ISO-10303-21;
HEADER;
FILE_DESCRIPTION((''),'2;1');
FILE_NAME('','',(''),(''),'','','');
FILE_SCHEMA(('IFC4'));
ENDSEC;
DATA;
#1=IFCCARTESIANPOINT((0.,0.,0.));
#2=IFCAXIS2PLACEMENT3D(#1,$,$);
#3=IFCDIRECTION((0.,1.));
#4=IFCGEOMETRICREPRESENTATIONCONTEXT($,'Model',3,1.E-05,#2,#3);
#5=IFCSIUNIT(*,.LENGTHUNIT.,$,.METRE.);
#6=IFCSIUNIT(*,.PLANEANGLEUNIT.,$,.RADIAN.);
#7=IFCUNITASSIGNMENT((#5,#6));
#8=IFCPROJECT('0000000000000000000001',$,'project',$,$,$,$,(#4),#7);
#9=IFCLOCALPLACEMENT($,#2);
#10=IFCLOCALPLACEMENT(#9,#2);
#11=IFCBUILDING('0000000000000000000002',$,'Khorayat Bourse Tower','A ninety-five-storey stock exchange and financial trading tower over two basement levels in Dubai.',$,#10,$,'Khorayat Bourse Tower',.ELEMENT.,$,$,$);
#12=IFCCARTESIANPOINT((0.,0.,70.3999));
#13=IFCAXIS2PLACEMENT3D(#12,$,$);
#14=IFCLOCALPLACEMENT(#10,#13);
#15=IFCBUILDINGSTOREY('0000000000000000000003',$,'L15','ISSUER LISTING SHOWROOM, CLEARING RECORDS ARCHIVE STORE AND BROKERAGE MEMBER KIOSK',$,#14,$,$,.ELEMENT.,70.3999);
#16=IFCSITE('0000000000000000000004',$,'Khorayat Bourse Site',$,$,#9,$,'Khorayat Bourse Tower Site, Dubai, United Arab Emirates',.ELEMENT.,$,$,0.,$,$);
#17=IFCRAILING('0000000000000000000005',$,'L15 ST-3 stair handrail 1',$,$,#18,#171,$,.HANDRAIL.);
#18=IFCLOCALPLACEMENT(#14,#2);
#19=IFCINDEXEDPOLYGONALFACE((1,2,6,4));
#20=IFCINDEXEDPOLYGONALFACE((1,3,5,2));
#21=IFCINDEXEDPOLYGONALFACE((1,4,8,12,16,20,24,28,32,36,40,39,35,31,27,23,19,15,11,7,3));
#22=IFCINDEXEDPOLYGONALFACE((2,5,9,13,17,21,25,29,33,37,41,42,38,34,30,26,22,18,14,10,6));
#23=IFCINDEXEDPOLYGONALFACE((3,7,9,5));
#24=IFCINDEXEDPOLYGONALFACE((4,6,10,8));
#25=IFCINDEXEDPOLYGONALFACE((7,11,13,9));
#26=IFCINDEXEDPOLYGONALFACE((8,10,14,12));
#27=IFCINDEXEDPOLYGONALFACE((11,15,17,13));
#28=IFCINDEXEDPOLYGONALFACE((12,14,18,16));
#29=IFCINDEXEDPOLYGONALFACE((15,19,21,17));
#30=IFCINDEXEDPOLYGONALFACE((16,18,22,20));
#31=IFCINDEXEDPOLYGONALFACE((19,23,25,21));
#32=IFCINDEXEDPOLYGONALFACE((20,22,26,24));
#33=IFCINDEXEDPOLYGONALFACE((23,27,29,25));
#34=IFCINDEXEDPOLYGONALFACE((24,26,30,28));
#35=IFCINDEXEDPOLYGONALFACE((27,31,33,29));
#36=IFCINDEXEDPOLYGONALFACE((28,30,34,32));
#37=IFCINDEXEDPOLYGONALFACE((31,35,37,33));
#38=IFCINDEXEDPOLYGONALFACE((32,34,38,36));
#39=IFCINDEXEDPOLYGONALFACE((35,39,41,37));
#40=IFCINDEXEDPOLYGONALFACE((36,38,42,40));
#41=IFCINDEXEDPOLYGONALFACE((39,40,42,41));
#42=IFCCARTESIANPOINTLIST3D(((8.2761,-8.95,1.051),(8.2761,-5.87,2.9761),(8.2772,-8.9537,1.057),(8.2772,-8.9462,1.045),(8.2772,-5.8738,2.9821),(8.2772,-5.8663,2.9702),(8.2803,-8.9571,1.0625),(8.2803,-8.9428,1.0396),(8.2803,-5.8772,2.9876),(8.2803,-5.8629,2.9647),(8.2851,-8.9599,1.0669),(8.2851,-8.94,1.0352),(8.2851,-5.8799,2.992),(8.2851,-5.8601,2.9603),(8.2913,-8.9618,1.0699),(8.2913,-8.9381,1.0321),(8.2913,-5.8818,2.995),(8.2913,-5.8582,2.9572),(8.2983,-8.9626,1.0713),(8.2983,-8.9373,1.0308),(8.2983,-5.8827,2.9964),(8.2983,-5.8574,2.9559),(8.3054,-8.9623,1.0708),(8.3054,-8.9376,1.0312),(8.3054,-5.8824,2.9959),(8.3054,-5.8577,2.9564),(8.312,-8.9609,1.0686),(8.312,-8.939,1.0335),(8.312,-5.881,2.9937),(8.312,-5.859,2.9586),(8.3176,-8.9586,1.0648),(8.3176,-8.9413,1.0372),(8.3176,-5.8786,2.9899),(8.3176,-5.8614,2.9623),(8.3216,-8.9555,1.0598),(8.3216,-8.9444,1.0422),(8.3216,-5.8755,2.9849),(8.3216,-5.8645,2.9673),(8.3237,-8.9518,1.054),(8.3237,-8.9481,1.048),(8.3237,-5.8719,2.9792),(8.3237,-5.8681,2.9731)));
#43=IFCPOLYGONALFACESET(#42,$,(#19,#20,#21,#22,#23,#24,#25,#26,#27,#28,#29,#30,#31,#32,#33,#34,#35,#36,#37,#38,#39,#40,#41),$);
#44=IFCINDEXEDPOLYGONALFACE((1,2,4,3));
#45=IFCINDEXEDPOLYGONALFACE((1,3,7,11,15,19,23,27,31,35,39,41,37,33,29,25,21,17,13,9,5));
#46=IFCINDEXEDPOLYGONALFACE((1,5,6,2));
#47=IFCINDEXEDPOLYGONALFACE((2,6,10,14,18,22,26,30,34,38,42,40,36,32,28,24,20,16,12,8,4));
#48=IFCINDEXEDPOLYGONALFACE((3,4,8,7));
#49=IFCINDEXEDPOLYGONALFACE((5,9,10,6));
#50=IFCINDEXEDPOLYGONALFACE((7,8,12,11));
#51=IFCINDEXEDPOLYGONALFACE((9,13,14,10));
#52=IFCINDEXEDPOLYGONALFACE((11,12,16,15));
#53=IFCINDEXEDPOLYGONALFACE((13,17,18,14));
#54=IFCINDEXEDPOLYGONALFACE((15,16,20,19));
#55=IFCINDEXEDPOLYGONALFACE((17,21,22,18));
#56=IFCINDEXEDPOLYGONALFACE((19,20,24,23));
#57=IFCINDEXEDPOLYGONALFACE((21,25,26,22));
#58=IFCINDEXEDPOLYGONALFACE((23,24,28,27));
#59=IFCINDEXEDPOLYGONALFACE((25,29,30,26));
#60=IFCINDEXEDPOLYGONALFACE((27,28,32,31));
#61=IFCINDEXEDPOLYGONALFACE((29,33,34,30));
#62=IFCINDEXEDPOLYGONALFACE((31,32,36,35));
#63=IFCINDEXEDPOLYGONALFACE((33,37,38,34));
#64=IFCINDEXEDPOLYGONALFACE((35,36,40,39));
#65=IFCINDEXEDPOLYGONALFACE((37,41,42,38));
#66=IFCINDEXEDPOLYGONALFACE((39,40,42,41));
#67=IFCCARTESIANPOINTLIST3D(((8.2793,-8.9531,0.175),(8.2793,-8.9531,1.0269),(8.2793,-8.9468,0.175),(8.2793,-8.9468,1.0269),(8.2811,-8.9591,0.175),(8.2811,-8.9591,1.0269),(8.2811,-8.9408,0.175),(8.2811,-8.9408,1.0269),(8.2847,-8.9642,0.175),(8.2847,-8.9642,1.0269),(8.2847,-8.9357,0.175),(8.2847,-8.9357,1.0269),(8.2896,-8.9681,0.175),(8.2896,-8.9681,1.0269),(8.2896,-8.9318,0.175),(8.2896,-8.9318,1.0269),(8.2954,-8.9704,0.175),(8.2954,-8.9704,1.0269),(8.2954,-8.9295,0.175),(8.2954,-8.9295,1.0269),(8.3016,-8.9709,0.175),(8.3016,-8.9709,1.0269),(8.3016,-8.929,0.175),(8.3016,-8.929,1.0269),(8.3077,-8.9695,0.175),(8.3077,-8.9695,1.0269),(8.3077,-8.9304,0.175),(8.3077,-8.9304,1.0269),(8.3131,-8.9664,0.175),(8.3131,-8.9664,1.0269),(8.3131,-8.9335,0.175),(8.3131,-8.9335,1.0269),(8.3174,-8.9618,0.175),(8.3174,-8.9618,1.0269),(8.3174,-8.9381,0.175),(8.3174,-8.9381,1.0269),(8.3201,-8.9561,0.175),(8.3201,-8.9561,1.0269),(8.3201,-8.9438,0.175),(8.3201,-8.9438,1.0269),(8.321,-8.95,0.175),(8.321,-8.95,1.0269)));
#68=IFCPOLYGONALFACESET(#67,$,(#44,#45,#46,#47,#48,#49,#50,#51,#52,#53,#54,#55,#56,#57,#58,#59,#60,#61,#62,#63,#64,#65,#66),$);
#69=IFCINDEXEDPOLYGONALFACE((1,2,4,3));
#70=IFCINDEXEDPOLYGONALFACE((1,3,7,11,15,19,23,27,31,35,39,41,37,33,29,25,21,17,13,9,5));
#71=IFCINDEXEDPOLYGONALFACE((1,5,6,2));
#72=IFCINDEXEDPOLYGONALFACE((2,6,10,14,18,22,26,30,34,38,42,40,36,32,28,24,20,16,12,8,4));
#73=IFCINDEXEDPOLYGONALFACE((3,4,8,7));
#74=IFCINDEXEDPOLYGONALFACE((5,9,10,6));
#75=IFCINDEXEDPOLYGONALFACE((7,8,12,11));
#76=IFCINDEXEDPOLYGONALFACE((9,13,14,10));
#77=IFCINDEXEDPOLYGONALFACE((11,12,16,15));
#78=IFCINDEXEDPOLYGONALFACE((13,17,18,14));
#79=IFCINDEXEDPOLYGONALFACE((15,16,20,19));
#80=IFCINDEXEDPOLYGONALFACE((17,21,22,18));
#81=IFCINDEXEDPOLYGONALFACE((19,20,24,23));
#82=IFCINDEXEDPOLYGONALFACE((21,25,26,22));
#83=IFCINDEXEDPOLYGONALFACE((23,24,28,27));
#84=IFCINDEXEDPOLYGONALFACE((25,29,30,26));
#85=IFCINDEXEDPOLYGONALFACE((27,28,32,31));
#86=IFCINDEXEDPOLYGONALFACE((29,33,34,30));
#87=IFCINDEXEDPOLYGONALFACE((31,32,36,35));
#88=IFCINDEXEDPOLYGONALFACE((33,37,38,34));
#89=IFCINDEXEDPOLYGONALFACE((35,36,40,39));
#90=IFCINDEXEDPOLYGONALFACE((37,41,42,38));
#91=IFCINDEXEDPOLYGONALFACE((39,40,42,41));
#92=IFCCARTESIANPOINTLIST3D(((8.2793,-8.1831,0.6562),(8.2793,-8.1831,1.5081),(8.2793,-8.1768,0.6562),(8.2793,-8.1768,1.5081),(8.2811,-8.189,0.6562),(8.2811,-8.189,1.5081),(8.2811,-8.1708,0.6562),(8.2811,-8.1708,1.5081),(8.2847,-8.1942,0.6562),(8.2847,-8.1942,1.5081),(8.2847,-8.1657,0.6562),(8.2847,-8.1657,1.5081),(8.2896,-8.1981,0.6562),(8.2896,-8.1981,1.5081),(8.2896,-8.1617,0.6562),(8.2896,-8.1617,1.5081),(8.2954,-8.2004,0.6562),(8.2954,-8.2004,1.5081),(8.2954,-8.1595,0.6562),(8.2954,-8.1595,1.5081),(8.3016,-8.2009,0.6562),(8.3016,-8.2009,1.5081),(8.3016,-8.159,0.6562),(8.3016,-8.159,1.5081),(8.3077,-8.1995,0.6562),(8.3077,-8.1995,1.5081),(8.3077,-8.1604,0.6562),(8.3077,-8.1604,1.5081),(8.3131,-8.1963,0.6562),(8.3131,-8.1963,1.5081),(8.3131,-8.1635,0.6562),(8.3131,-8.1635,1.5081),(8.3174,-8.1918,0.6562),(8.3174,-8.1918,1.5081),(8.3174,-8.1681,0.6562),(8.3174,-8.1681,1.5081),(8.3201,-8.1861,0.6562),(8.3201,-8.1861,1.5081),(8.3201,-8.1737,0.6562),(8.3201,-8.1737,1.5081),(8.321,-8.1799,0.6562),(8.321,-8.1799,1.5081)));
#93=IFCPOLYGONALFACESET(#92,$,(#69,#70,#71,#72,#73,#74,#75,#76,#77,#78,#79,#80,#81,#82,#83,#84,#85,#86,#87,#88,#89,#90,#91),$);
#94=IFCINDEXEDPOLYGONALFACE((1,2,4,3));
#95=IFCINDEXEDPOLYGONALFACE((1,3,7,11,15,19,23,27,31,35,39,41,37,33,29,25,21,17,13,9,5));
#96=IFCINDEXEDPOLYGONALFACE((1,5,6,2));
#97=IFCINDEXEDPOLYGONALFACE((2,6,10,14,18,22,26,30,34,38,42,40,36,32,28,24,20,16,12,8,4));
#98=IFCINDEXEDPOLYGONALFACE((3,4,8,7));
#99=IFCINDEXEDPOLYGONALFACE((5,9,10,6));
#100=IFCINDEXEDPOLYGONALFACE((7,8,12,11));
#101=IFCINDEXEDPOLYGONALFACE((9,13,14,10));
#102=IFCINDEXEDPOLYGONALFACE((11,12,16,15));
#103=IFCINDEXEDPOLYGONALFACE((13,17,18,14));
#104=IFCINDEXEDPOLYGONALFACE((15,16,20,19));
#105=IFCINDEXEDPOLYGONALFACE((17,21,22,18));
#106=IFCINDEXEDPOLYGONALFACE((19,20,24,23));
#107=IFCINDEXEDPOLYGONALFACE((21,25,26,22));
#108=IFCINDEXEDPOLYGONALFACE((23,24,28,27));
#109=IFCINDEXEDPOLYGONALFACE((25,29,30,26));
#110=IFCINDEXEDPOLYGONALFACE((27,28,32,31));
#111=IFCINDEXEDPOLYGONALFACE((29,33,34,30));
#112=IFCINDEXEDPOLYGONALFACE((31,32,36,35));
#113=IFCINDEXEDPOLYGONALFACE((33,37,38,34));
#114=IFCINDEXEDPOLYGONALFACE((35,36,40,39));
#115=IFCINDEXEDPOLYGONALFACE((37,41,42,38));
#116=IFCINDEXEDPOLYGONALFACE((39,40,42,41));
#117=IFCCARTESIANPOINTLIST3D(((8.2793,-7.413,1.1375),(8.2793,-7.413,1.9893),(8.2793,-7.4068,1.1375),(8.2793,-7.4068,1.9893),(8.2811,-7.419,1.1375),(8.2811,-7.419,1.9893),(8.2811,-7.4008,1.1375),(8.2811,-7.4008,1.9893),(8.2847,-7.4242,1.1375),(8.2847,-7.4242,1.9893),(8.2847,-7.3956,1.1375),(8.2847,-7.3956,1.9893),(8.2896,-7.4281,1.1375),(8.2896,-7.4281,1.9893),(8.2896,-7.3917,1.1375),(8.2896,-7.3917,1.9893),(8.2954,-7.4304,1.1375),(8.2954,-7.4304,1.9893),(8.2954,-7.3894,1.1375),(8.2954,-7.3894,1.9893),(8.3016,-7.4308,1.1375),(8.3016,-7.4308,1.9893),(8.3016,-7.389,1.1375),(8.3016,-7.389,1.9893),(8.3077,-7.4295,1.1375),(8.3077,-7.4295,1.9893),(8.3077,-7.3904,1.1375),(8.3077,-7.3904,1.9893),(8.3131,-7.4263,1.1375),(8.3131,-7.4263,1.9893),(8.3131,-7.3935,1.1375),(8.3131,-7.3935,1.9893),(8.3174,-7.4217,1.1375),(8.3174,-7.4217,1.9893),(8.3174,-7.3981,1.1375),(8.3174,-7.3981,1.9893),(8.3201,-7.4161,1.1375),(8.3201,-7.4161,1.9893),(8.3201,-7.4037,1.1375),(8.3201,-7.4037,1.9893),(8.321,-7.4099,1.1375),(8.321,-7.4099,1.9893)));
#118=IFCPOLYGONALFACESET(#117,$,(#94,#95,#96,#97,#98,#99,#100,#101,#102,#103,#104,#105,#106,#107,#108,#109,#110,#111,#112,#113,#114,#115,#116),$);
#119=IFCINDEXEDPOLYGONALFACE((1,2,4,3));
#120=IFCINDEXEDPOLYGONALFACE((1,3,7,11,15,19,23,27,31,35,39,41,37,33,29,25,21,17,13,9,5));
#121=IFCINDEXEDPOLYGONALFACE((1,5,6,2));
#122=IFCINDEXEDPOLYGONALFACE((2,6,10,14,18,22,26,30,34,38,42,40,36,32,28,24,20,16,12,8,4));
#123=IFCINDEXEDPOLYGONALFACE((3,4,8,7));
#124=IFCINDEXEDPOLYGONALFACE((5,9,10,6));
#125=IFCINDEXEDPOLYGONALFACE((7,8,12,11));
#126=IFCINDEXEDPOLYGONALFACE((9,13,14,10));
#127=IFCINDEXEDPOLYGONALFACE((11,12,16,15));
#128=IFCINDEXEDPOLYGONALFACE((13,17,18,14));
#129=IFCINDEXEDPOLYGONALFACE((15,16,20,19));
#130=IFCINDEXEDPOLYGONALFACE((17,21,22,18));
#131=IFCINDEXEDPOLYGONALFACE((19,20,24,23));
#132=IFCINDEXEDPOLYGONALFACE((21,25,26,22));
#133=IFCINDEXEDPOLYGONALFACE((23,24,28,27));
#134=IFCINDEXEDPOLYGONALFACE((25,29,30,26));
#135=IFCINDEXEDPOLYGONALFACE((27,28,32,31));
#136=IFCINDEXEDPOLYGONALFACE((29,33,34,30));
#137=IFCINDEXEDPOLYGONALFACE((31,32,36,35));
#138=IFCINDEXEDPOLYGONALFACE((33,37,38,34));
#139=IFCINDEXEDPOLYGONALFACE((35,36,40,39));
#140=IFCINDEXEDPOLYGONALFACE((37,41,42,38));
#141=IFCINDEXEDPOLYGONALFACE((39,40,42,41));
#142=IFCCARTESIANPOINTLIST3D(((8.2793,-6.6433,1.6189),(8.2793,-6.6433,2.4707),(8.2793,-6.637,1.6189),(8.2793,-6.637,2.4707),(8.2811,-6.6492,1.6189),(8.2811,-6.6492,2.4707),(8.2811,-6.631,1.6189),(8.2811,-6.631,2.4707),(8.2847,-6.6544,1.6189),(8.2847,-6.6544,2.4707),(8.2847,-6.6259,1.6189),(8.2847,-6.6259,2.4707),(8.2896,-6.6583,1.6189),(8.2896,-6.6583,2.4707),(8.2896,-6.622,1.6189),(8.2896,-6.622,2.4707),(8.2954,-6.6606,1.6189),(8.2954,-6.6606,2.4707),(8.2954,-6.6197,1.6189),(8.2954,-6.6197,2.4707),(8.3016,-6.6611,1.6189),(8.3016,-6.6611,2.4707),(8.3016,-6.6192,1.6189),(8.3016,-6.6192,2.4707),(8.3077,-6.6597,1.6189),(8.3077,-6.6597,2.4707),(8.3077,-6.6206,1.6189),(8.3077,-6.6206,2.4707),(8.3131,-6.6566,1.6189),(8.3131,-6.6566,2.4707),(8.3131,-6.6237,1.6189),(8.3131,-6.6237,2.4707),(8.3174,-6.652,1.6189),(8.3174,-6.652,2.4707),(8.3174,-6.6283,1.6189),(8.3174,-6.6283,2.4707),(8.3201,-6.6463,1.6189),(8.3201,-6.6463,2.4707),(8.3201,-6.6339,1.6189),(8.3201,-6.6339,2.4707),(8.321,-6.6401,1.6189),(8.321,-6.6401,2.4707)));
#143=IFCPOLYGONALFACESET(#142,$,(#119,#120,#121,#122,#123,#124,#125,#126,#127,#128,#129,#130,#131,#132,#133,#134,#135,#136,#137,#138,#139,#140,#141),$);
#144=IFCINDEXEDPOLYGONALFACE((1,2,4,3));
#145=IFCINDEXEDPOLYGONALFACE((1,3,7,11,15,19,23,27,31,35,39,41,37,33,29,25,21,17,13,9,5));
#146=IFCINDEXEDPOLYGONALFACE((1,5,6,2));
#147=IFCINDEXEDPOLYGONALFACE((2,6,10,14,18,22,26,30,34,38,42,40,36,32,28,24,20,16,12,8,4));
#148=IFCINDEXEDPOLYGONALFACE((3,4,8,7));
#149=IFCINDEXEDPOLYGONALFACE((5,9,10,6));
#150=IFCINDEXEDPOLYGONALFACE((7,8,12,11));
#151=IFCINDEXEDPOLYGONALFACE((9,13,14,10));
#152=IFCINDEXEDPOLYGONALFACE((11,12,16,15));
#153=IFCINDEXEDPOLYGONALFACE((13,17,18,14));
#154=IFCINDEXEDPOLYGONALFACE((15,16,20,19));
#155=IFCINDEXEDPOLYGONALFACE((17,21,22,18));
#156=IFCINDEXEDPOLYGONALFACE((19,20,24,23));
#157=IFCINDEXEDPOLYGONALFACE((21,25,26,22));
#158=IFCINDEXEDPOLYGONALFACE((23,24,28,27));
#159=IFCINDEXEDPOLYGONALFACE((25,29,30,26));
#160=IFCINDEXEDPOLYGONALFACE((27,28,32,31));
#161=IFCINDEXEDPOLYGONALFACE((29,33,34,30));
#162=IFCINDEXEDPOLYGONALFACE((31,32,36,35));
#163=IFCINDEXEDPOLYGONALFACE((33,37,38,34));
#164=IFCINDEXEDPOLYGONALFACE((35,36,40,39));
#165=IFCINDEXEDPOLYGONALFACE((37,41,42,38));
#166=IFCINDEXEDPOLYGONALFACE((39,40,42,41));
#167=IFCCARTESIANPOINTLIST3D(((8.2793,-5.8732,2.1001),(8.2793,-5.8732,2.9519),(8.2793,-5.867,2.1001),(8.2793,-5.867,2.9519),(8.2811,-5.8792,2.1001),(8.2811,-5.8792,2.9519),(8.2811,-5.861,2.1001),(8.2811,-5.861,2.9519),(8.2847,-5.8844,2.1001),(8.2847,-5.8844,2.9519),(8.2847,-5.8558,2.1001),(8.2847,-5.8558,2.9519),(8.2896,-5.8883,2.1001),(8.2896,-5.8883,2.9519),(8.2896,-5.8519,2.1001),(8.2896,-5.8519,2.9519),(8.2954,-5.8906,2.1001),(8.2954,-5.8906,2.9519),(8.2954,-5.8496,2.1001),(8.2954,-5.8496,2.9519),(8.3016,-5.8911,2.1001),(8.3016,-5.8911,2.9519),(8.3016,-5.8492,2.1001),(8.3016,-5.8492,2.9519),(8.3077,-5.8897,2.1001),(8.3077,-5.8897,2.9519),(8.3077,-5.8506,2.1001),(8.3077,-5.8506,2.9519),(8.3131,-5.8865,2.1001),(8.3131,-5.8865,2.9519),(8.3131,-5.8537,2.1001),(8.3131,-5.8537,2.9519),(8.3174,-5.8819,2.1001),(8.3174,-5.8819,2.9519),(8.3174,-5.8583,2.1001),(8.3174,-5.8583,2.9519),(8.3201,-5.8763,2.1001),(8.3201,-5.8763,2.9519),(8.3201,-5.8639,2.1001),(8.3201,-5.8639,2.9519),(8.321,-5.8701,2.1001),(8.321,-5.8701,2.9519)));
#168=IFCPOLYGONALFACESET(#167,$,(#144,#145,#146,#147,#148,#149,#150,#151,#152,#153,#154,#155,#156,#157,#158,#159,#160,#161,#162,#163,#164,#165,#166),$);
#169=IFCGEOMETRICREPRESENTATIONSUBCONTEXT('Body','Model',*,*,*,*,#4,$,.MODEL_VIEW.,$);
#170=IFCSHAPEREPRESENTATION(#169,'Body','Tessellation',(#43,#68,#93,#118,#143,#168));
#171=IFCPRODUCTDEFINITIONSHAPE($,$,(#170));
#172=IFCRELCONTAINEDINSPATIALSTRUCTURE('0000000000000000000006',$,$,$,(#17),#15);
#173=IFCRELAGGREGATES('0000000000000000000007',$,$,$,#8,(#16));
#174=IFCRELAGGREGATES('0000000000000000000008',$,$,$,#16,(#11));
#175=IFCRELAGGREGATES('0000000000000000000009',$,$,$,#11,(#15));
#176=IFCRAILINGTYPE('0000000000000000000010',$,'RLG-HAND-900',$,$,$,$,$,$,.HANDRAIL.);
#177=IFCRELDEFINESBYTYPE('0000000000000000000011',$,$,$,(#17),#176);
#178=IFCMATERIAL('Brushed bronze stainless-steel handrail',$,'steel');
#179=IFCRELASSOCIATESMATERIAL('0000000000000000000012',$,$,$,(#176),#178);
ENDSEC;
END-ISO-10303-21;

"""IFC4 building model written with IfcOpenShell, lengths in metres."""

from ifc_helpers import new_model, si_unit, direction, frame, origin, origin_2d, place, context, subcontext, project, spatial, circle, extrude, source, transform, mapped, material, type_object, element, save


model = new_model("IFC4")

# Units and contexts
model_context = context("Model", 3, precision=1e-05, world=origin(), true_north=direction((0.0, 1.0)))
body_context = subcontext(model_context, "Body", "Model", "MODEL_VIEW")
ifc_project = project(units=[si_unit("LENGTHUNIT", "METRE"), si_unit("PLANEANGLEUNIT", "RADIAN")], contexts=[model_context])

# Site, building, storey
site_placement = place(None, origin())
site = spatial("IfcSite", under=ifc_project, at=site_placement, Name="Khorayat Bourse Site", LongName="Khorayat Bourse Tower Site, Dubai, United Arab Emirates", CompositionType="ELEMENT", RefElevation=0.0)
building_placement = place(site_placement, origin())
building = spatial("IfcBuilding", under=site, at=building_placement, Name="Khorayat Bourse Tower", Description="A ninety-five-storey stock exchange and financial trading tower over two basement levels in Dubai.", LongName="Khorayat Bourse Tower", CompositionType="ELEMENT")
storey_placement = place(building_placement, frame((0.0, 0.0, 70.3999)))
storey = spatial("IfcBuildingStorey", under=building, at=storey_placement, Name="L15", Description="ISSUER LISTING SHOWROOM, CLEARING RECORDS ARCHIVE STORE AND BROKERAGE MEMBER KIOSK", CompositionType="ELEMENT", Elevation=70.3999)

# Railing
ifc_material_1 = material(Name="Brushed bronze stainless-steel handrail", Category="steel")
railing_type_1 = type_object("IfcRailingType", Name="RLG-HAND-900", PredefinedType="HANDRAIL", material=ifc_material_1)
shared_shape_1 = source(origin(), body_context, "Body", "SweptSolid", [
    extrude(circle(Radius=0.0239, at=origin_2d()), frame((0.0, 0.0, 0.876), z_axis=(0.0, 0.847979, 0.530029), x_axis=(-1.0, 0.0, 0.0)), (0.0, 0.0, 1.0), 3.6321),
    extrude(circle(Radius=0.021, at=origin_2d()), origin(), (0.0, 0.0, 1.0), 0.8518),
    extrude(circle(Radius=0.021, at=origin_2d()), frame((0.0, 0.77, 0.4812)), (0.0, 0.0, 1.0), 0.8518),
    extrude(circle(Radius=0.021, at=origin_2d()), frame((0.0, 1.54, 0.9624)), (0.0, 0.0, 1.0), 0.8518),
    extrude(circle(Radius=0.021, at=origin_2d()), frame((0.0, 2.3098, 1.4438)), (0.0, 0.0, 1.0), 0.8518),
    extrude(circle(Radius=0.021, at=origin_2d()), frame((0.0, 3.0798, 1.925)), (0.0, 0.0, 1.0), 0.8518),
])
railing_1_placement = place(storey_placement, frame((8.3, -8.95, 0.175)))
element("IfcRailing", 1, at=railing_1_placement, inside=storey, type_object=railing_type_1, Name="L15 ST-3 stair handrail 1", PredefinedType="HANDRAIL", context=body_context, shape_type="MappedRepresentation", body=[
    mapped(shared_shape_1, transform((0.0, 0.0, 0.0), scale=1.0)),
])

save(model, "model.ifc")
